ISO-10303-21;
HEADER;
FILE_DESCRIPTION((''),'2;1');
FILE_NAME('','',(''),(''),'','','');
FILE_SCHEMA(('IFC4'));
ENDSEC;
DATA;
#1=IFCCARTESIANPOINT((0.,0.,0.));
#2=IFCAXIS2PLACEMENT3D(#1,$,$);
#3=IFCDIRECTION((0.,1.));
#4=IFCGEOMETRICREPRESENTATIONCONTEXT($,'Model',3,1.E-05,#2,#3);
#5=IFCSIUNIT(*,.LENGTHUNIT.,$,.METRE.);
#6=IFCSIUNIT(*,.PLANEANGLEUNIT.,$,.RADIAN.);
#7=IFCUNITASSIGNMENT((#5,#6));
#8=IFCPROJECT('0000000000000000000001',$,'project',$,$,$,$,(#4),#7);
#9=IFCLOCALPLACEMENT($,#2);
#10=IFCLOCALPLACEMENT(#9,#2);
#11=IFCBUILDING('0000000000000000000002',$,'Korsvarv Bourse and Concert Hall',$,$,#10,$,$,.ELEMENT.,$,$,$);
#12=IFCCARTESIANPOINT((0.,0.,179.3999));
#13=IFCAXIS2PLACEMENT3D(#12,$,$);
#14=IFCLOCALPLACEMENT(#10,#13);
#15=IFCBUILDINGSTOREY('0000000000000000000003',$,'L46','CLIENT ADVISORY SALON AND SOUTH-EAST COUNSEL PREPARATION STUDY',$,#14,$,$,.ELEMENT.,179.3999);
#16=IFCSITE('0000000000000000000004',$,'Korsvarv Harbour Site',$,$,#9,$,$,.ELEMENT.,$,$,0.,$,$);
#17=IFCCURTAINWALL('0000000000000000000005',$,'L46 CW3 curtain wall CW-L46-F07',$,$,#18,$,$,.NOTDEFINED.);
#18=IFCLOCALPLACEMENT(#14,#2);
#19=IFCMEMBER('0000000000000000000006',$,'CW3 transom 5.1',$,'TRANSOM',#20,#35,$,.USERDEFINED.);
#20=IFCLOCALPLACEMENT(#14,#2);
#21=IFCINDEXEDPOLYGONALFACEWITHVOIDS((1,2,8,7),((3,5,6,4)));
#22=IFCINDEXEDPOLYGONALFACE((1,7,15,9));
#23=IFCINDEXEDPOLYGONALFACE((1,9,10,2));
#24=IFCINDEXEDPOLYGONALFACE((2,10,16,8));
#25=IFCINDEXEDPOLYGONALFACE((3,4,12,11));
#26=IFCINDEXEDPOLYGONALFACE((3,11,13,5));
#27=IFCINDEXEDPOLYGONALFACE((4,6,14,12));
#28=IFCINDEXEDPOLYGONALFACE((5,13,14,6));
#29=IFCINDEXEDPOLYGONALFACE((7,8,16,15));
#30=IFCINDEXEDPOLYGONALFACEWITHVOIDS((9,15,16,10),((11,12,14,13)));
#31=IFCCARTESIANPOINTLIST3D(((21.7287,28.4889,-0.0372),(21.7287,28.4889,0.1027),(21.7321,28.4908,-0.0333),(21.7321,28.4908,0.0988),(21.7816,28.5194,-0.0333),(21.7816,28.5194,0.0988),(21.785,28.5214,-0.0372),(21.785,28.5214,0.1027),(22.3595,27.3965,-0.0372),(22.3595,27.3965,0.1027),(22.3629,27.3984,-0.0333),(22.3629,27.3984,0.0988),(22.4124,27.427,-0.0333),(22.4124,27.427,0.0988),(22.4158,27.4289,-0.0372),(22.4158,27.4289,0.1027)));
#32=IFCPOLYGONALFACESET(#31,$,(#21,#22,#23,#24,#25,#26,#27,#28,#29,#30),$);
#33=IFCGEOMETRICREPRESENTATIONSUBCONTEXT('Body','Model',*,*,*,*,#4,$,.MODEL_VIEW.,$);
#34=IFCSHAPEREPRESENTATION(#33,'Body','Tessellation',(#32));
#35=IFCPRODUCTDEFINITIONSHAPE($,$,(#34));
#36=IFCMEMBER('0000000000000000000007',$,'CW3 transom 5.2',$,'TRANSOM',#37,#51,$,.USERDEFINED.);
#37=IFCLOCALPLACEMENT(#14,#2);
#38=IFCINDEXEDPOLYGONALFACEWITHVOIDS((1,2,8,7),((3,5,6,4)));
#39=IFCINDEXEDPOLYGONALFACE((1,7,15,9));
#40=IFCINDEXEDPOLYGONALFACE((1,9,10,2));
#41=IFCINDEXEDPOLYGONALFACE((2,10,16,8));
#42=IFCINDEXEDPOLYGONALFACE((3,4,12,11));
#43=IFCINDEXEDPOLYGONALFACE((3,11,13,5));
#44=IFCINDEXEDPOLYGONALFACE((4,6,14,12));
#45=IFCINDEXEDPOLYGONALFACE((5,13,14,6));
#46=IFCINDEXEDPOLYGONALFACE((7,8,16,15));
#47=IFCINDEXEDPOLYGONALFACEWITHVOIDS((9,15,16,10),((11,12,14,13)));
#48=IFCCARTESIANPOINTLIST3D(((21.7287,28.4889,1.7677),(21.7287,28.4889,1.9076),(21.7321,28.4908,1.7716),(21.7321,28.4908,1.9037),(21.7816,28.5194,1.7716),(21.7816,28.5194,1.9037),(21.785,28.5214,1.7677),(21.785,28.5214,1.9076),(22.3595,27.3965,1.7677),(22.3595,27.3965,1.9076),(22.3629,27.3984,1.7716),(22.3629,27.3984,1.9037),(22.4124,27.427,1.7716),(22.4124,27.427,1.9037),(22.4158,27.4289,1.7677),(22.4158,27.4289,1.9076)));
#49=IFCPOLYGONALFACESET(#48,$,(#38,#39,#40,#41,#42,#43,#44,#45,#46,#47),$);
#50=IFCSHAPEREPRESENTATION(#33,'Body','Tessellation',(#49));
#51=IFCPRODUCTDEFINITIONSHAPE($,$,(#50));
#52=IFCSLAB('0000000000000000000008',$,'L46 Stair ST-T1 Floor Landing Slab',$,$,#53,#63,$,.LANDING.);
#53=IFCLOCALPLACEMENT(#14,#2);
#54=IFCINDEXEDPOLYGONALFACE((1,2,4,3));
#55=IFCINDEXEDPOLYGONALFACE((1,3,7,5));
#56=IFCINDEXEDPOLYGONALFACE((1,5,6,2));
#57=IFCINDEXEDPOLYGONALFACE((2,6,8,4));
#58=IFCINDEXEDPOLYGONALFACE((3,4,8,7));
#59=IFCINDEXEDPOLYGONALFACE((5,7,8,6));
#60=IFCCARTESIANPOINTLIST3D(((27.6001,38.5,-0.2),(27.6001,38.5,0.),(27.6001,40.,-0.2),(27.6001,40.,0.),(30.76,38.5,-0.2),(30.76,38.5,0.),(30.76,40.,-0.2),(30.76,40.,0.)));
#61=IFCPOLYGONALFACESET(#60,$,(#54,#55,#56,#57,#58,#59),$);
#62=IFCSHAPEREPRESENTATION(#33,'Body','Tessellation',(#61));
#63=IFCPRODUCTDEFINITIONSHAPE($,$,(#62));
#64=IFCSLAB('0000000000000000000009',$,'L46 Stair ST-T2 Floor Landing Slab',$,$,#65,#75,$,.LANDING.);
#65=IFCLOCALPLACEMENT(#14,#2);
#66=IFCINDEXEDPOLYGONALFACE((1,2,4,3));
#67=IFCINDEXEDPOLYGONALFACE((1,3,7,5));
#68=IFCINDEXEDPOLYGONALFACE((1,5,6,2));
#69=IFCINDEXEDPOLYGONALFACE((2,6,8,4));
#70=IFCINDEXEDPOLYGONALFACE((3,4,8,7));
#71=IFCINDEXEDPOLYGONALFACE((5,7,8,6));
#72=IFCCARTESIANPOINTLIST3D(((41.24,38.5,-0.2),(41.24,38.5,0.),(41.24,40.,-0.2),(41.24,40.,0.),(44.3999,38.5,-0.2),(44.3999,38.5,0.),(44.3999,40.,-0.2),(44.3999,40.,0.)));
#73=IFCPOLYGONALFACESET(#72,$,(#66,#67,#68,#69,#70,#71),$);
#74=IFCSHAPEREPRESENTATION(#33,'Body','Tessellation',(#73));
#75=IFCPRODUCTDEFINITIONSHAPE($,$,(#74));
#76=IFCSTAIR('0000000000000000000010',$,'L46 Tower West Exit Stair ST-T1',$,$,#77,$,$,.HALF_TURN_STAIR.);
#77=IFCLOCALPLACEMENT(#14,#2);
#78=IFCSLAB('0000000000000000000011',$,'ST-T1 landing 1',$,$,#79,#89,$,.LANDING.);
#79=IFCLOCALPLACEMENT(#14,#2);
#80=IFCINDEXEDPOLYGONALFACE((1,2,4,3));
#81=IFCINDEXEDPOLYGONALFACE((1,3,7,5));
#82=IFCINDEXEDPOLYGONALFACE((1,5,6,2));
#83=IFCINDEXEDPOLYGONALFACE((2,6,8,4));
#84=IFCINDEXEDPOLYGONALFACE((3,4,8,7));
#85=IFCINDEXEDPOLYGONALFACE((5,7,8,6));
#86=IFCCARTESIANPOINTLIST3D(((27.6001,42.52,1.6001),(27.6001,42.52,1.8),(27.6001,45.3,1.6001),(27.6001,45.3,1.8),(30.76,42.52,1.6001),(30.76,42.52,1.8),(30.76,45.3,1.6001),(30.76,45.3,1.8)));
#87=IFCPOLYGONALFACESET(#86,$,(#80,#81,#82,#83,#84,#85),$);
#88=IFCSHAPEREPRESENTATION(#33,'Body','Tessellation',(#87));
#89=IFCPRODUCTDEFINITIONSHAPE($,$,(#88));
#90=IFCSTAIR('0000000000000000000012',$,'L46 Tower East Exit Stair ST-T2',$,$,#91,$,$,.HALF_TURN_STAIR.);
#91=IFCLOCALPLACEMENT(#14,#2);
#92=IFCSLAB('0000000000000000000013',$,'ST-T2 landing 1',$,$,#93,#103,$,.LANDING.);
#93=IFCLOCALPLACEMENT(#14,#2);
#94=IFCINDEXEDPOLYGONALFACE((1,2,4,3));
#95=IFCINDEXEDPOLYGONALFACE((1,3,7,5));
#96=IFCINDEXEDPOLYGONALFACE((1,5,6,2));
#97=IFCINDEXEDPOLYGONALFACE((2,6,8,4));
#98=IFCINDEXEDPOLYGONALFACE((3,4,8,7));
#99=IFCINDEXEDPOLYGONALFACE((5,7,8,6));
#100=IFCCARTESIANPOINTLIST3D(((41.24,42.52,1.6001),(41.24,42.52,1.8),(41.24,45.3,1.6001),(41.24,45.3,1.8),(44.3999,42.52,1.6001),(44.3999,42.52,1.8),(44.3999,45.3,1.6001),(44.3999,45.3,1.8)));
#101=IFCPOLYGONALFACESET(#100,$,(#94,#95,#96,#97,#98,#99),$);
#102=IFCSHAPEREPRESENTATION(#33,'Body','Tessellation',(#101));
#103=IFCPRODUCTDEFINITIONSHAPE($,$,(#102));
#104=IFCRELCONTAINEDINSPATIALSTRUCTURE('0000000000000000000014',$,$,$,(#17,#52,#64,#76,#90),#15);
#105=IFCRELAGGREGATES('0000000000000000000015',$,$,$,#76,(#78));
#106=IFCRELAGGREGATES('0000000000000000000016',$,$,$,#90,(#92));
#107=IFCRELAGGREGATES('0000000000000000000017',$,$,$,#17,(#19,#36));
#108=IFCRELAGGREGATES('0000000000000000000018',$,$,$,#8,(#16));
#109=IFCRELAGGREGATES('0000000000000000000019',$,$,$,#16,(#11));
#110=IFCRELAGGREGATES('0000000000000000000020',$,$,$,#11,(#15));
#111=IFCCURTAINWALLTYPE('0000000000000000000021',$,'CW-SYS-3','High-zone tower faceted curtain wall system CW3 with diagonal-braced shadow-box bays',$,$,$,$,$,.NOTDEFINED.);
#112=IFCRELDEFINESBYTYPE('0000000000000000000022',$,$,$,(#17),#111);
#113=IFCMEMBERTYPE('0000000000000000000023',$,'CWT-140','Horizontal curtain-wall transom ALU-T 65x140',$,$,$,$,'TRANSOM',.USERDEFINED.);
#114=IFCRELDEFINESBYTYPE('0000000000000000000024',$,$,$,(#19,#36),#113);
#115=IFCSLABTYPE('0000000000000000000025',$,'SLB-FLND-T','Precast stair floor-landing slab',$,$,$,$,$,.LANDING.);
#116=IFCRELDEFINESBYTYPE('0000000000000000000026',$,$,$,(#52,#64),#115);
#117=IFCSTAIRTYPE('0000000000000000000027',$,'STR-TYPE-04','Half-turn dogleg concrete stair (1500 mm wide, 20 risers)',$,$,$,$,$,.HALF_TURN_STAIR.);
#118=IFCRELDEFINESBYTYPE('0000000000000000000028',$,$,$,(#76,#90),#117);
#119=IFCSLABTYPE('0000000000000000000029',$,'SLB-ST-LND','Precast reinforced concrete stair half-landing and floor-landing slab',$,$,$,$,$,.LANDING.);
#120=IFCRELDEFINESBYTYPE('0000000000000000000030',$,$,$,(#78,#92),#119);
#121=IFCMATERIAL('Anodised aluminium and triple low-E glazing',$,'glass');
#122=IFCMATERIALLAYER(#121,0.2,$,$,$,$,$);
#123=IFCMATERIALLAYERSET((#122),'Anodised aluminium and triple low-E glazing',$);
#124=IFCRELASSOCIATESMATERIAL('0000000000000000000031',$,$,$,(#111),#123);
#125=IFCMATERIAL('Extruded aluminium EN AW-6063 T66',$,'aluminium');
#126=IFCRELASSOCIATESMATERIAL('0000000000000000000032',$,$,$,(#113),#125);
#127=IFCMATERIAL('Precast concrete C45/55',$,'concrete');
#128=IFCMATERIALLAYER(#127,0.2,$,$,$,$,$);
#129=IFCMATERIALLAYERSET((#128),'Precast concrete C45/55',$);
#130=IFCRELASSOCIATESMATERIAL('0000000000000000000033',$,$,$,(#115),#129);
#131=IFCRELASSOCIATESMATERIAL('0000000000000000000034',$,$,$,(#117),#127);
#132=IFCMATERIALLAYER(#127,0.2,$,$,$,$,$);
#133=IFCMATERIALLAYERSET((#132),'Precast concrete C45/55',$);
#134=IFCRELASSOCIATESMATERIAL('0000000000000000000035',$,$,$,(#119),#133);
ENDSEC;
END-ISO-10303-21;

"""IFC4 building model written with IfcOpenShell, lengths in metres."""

from ifc_helpers import new_model, si_unit, direction, frame, origin, origin_2d, place, context, subcontext, project, spatial, polyline, hollow_rectangle, outline, extrude, source, transform, mapped, material, layer, layer_set, material_profile, profile_set, type_object, element, aggregate, save


model = new_model("IFC4")

# Units and contexts
model_context = context("Model", 3, precision=1e-05, world=origin(), true_north=direction((0.0, 1.0)))
body_context = subcontext(model_context, "Body", "Model", "MODEL_VIEW")
ifc_project = project(units=[si_unit("LENGTHUNIT", "METRE"), si_unit("PLANEANGLEUNIT", "RADIAN")], contexts=[model_context])

# Site, building, storey
site_placement = place(None, origin())
site = spatial("IfcSite", under=ifc_project, at=site_placement, Name="Korsvarv Harbour Site", CompositionType="ELEMENT", RefElevation=0.0)
building_placement = place(site_placement, origin())
building = spatial("IfcBuilding", under=site, at=building_placement, Name="Korsvarv Bourse and Concert Hall", CompositionType="ELEMENT")
storey_placement = place(building_placement, frame((0.0, 0.0, 179.3999)))
storey = spatial("IfcBuildingStorey", under=building, at=storey_placement, Name="L46", Description="CLIENT ADVISORY SALON AND SOUTH-EAST COUNSEL PREPARATION STUDY", CompositionType="ELEMENT", Elevation=179.3999)

# Curtain wall, members
ifc_material_1 = material(Name="Anodised aluminium and triple low-E glazing", Category="glass")
ifc_layer_1 = layer(ifc_material_1, 0.2)
ifc_layer_set_1 = layer_set([ifc_layer_1], Name="Anodised aluminium and triple low-E glazing")
curtain_wall_type = type_object("IfcCurtainWallType", Name="CW-SYS-3", Description="High-zone tower faceted curtain wall system CW3 with diagonal-braced shadow-box bays", PredefinedType="NOTDEFINED", material=ifc_layer_set_1)
curtain_wall_placement = place(storey_placement, origin())
curtain_wall = element("IfcCurtainWall", 1, at=curtain_wall_placement, inside=storey, type_object=curtain_wall_type, Name="L46 CW3 curtain wall CW-L46-F07", PredefinedType="NOTDEFINED")
ifc_material_2 = material(Name="Extruded aluminium EN AW-6063 T66", Category="aluminium")
ifc_material_profile_1 = material_profile(ifc_material_2, hollow_rectangle(XDim=0.0649, YDim=0.1399, WallThickness=0.0039, at=origin_2d()), Name="ALU-T 65x140")
ifc_profile_set_1 = profile_set([ifc_material_profile_1], Name="Extruded aluminium EN AW-6063 T66")
member_type_1 = type_object("IfcMemberType", Name="CWT-140", Description="Horizontal curtain-wall transom ALU-T 65x140", ElementType="TRANSOM", PredefinedType="USERDEFINED", material=ifc_profile_set_1)
shared_shape_1 = source(origin(), body_context, "Body", "SweptSolid", [
    extrude(hollow_rectangle(XDim=0.0649, YDim=0.1399, WallThickness=0.0039, at=origin_2d()), origin(), (0.0, 0.0, 1.0), 1.2615),
])
member_1_placement = place(storey_placement, frame((21.7568, 28.5051, 0.0327), z_axis=(0.500052, -0.865995, 0.0), x_axis=(0.865995, 0.500052, 0.0)))
member_1 = element("IfcMember", 2, at=member_1_placement, type_object=member_type_1, Name="CW3 transom 5.1", ObjectType="TRANSOM", PredefinedType="USERDEFINED", context=body_context, shape_type="MappedRepresentation", body=[
    mapped(shared_shape_1, transform((0.0, 0.0, 0.0), scale=1.0)),
])
member_2_placement = place(storey_placement, frame((21.7568, 28.5051, 1.8376), z_axis=(0.500052, -0.865995, 0.0), x_axis=(0.865995, 0.500052, 0.0)))
member_2 = element("IfcMember", 3, at=member_2_placement, type_object=member_type_1, Name="CW3 transom 5.2", ObjectType="TRANSOM", PredefinedType="USERDEFINED", context=body_context, shape_type="MappedRepresentation", body=[
    mapped(shared_shape_1, transform((0.0, 0.0, 0.0), scale=1.0)),
])

# Slabs
ifc_material_3 = material(Name="Precast concrete C45/55", Category="concrete")
ifc_layer_2 = layer(ifc_material_3, 0.2)
ifc_layer_set_2 = layer_set([ifc_layer_2], Name="Precast concrete C45/55")
slab_type_1 = type_object("IfcSlabType", Name="SLB-FLND-T", Description="Precast stair floor-landing slab", PredefinedType="LANDING", material=ifc_layer_set_2)
slab_1_placement = place(storey_placement, frame((0.0, 0.0, -0.2)))
element("IfcSlab", 4, at=slab_1_placement, inside=storey, type_object=slab_type_1, Name="L46 Stair ST-T1 Floor Landing Slab", PredefinedType="LANDING", context=body_context, shape_type="SweptSolid", body=[
    extrude(outline(polyline([(30.76, 38.5), (30.76, 40.0), (27.6001, 40.0), (27.6001, 38.5), (30.76, 38.5)])), origin(), (0.0, 0.0, 1.0), 0.2),
])
slab_2_placement = place(storey_placement, frame((0.0, 0.0, -0.2)))
element("IfcSlab", 5, at=slab_2_placement, inside=storey, type_object=slab_type_1, Name="L46 Stair ST-T2 Floor Landing Slab", PredefinedType="LANDING", context=body_context, shape_type="SweptSolid", body=[
    extrude(outline(polyline([(44.3999, 38.5), (44.3999, 40.0), (41.24, 40.0), (41.24, 38.5), (44.3999, 38.5)])), origin(), (0.0, 0.0, 1.0), 0.2),
])

# Stairs, slabs
stair_type = type_object("IfcStairType", Name="STR-TYPE-04", Description="Half-turn dogleg concrete stair (1500 mm wide, 20 risers)", PredefinedType="HALF_TURN_STAIR", material=ifc_material_3)
stair_1_placement = place(storey_placement, origin())
stair_1 = element("IfcStair", 6, at=stair_1_placement, inside=storey, type_object=stair_type, Name="L46 Tower West Exit Stair ST-T1", PredefinedType="HALF_TURN_STAIR")
ifc_layer_3 = layer(ifc_material_3, 0.2)
ifc_layer_set_3 = layer_set([ifc_layer_3], Name="Precast concrete C45/55")
slab_type_2 = type_object("IfcSlabType", Name="SLB-ST-LND", Description="Precast reinforced concrete stair half-landing and floor-landing slab", PredefinedType="LANDING", material=ifc_layer_set_3)
slab_3_placement = place(storey_placement, frame((0.0, 0.0, 1.6001)))
slab_3 = element("IfcSlab", 7, at=slab_3_placement, type_object=slab_type_2, Name="ST-T1 landing 1", PredefinedType="LANDING", context=body_context, shape_type="SweptSolid", body=[
    extrude(outline(polyline([(30.76, 42.52), (30.76, 45.3), (27.6001, 45.3), (27.6001, 42.52), (30.76, 42.52)])), origin(), (0.0, 0.0, 1.0), 0.2),
])
aggregate(stair_1, [slab_3])
stair_2_placement = place(storey_placement, origin())
stair_2 = element("IfcStair", 8, at=stair_2_placement, inside=storey, type_object=stair_type, Name="L46 Tower East Exit Stair ST-T2", PredefinedType="HALF_TURN_STAIR")
slab_4_placement = place(storey_placement, frame((0.0, 0.0, 1.6001)))
slab_4 = element("IfcSlab", 9, at=slab_4_placement, type_object=slab_type_2, Name="ST-T2 landing 1", PredefinedType="LANDING", context=body_context, shape_type="SweptSolid", body=[
    extrude(outline(polyline([(44.3999, 42.52), (44.3999, 45.3), (41.24, 45.3), (41.24, 42.52), (44.3999, 42.52)])), origin(), (0.0, 0.0, 1.0), 0.2),
])
aggregate(stair_2, [slab_4])

aggregate(curtain_wall, [member_1, member_2])

save(model, "model.ifc")
